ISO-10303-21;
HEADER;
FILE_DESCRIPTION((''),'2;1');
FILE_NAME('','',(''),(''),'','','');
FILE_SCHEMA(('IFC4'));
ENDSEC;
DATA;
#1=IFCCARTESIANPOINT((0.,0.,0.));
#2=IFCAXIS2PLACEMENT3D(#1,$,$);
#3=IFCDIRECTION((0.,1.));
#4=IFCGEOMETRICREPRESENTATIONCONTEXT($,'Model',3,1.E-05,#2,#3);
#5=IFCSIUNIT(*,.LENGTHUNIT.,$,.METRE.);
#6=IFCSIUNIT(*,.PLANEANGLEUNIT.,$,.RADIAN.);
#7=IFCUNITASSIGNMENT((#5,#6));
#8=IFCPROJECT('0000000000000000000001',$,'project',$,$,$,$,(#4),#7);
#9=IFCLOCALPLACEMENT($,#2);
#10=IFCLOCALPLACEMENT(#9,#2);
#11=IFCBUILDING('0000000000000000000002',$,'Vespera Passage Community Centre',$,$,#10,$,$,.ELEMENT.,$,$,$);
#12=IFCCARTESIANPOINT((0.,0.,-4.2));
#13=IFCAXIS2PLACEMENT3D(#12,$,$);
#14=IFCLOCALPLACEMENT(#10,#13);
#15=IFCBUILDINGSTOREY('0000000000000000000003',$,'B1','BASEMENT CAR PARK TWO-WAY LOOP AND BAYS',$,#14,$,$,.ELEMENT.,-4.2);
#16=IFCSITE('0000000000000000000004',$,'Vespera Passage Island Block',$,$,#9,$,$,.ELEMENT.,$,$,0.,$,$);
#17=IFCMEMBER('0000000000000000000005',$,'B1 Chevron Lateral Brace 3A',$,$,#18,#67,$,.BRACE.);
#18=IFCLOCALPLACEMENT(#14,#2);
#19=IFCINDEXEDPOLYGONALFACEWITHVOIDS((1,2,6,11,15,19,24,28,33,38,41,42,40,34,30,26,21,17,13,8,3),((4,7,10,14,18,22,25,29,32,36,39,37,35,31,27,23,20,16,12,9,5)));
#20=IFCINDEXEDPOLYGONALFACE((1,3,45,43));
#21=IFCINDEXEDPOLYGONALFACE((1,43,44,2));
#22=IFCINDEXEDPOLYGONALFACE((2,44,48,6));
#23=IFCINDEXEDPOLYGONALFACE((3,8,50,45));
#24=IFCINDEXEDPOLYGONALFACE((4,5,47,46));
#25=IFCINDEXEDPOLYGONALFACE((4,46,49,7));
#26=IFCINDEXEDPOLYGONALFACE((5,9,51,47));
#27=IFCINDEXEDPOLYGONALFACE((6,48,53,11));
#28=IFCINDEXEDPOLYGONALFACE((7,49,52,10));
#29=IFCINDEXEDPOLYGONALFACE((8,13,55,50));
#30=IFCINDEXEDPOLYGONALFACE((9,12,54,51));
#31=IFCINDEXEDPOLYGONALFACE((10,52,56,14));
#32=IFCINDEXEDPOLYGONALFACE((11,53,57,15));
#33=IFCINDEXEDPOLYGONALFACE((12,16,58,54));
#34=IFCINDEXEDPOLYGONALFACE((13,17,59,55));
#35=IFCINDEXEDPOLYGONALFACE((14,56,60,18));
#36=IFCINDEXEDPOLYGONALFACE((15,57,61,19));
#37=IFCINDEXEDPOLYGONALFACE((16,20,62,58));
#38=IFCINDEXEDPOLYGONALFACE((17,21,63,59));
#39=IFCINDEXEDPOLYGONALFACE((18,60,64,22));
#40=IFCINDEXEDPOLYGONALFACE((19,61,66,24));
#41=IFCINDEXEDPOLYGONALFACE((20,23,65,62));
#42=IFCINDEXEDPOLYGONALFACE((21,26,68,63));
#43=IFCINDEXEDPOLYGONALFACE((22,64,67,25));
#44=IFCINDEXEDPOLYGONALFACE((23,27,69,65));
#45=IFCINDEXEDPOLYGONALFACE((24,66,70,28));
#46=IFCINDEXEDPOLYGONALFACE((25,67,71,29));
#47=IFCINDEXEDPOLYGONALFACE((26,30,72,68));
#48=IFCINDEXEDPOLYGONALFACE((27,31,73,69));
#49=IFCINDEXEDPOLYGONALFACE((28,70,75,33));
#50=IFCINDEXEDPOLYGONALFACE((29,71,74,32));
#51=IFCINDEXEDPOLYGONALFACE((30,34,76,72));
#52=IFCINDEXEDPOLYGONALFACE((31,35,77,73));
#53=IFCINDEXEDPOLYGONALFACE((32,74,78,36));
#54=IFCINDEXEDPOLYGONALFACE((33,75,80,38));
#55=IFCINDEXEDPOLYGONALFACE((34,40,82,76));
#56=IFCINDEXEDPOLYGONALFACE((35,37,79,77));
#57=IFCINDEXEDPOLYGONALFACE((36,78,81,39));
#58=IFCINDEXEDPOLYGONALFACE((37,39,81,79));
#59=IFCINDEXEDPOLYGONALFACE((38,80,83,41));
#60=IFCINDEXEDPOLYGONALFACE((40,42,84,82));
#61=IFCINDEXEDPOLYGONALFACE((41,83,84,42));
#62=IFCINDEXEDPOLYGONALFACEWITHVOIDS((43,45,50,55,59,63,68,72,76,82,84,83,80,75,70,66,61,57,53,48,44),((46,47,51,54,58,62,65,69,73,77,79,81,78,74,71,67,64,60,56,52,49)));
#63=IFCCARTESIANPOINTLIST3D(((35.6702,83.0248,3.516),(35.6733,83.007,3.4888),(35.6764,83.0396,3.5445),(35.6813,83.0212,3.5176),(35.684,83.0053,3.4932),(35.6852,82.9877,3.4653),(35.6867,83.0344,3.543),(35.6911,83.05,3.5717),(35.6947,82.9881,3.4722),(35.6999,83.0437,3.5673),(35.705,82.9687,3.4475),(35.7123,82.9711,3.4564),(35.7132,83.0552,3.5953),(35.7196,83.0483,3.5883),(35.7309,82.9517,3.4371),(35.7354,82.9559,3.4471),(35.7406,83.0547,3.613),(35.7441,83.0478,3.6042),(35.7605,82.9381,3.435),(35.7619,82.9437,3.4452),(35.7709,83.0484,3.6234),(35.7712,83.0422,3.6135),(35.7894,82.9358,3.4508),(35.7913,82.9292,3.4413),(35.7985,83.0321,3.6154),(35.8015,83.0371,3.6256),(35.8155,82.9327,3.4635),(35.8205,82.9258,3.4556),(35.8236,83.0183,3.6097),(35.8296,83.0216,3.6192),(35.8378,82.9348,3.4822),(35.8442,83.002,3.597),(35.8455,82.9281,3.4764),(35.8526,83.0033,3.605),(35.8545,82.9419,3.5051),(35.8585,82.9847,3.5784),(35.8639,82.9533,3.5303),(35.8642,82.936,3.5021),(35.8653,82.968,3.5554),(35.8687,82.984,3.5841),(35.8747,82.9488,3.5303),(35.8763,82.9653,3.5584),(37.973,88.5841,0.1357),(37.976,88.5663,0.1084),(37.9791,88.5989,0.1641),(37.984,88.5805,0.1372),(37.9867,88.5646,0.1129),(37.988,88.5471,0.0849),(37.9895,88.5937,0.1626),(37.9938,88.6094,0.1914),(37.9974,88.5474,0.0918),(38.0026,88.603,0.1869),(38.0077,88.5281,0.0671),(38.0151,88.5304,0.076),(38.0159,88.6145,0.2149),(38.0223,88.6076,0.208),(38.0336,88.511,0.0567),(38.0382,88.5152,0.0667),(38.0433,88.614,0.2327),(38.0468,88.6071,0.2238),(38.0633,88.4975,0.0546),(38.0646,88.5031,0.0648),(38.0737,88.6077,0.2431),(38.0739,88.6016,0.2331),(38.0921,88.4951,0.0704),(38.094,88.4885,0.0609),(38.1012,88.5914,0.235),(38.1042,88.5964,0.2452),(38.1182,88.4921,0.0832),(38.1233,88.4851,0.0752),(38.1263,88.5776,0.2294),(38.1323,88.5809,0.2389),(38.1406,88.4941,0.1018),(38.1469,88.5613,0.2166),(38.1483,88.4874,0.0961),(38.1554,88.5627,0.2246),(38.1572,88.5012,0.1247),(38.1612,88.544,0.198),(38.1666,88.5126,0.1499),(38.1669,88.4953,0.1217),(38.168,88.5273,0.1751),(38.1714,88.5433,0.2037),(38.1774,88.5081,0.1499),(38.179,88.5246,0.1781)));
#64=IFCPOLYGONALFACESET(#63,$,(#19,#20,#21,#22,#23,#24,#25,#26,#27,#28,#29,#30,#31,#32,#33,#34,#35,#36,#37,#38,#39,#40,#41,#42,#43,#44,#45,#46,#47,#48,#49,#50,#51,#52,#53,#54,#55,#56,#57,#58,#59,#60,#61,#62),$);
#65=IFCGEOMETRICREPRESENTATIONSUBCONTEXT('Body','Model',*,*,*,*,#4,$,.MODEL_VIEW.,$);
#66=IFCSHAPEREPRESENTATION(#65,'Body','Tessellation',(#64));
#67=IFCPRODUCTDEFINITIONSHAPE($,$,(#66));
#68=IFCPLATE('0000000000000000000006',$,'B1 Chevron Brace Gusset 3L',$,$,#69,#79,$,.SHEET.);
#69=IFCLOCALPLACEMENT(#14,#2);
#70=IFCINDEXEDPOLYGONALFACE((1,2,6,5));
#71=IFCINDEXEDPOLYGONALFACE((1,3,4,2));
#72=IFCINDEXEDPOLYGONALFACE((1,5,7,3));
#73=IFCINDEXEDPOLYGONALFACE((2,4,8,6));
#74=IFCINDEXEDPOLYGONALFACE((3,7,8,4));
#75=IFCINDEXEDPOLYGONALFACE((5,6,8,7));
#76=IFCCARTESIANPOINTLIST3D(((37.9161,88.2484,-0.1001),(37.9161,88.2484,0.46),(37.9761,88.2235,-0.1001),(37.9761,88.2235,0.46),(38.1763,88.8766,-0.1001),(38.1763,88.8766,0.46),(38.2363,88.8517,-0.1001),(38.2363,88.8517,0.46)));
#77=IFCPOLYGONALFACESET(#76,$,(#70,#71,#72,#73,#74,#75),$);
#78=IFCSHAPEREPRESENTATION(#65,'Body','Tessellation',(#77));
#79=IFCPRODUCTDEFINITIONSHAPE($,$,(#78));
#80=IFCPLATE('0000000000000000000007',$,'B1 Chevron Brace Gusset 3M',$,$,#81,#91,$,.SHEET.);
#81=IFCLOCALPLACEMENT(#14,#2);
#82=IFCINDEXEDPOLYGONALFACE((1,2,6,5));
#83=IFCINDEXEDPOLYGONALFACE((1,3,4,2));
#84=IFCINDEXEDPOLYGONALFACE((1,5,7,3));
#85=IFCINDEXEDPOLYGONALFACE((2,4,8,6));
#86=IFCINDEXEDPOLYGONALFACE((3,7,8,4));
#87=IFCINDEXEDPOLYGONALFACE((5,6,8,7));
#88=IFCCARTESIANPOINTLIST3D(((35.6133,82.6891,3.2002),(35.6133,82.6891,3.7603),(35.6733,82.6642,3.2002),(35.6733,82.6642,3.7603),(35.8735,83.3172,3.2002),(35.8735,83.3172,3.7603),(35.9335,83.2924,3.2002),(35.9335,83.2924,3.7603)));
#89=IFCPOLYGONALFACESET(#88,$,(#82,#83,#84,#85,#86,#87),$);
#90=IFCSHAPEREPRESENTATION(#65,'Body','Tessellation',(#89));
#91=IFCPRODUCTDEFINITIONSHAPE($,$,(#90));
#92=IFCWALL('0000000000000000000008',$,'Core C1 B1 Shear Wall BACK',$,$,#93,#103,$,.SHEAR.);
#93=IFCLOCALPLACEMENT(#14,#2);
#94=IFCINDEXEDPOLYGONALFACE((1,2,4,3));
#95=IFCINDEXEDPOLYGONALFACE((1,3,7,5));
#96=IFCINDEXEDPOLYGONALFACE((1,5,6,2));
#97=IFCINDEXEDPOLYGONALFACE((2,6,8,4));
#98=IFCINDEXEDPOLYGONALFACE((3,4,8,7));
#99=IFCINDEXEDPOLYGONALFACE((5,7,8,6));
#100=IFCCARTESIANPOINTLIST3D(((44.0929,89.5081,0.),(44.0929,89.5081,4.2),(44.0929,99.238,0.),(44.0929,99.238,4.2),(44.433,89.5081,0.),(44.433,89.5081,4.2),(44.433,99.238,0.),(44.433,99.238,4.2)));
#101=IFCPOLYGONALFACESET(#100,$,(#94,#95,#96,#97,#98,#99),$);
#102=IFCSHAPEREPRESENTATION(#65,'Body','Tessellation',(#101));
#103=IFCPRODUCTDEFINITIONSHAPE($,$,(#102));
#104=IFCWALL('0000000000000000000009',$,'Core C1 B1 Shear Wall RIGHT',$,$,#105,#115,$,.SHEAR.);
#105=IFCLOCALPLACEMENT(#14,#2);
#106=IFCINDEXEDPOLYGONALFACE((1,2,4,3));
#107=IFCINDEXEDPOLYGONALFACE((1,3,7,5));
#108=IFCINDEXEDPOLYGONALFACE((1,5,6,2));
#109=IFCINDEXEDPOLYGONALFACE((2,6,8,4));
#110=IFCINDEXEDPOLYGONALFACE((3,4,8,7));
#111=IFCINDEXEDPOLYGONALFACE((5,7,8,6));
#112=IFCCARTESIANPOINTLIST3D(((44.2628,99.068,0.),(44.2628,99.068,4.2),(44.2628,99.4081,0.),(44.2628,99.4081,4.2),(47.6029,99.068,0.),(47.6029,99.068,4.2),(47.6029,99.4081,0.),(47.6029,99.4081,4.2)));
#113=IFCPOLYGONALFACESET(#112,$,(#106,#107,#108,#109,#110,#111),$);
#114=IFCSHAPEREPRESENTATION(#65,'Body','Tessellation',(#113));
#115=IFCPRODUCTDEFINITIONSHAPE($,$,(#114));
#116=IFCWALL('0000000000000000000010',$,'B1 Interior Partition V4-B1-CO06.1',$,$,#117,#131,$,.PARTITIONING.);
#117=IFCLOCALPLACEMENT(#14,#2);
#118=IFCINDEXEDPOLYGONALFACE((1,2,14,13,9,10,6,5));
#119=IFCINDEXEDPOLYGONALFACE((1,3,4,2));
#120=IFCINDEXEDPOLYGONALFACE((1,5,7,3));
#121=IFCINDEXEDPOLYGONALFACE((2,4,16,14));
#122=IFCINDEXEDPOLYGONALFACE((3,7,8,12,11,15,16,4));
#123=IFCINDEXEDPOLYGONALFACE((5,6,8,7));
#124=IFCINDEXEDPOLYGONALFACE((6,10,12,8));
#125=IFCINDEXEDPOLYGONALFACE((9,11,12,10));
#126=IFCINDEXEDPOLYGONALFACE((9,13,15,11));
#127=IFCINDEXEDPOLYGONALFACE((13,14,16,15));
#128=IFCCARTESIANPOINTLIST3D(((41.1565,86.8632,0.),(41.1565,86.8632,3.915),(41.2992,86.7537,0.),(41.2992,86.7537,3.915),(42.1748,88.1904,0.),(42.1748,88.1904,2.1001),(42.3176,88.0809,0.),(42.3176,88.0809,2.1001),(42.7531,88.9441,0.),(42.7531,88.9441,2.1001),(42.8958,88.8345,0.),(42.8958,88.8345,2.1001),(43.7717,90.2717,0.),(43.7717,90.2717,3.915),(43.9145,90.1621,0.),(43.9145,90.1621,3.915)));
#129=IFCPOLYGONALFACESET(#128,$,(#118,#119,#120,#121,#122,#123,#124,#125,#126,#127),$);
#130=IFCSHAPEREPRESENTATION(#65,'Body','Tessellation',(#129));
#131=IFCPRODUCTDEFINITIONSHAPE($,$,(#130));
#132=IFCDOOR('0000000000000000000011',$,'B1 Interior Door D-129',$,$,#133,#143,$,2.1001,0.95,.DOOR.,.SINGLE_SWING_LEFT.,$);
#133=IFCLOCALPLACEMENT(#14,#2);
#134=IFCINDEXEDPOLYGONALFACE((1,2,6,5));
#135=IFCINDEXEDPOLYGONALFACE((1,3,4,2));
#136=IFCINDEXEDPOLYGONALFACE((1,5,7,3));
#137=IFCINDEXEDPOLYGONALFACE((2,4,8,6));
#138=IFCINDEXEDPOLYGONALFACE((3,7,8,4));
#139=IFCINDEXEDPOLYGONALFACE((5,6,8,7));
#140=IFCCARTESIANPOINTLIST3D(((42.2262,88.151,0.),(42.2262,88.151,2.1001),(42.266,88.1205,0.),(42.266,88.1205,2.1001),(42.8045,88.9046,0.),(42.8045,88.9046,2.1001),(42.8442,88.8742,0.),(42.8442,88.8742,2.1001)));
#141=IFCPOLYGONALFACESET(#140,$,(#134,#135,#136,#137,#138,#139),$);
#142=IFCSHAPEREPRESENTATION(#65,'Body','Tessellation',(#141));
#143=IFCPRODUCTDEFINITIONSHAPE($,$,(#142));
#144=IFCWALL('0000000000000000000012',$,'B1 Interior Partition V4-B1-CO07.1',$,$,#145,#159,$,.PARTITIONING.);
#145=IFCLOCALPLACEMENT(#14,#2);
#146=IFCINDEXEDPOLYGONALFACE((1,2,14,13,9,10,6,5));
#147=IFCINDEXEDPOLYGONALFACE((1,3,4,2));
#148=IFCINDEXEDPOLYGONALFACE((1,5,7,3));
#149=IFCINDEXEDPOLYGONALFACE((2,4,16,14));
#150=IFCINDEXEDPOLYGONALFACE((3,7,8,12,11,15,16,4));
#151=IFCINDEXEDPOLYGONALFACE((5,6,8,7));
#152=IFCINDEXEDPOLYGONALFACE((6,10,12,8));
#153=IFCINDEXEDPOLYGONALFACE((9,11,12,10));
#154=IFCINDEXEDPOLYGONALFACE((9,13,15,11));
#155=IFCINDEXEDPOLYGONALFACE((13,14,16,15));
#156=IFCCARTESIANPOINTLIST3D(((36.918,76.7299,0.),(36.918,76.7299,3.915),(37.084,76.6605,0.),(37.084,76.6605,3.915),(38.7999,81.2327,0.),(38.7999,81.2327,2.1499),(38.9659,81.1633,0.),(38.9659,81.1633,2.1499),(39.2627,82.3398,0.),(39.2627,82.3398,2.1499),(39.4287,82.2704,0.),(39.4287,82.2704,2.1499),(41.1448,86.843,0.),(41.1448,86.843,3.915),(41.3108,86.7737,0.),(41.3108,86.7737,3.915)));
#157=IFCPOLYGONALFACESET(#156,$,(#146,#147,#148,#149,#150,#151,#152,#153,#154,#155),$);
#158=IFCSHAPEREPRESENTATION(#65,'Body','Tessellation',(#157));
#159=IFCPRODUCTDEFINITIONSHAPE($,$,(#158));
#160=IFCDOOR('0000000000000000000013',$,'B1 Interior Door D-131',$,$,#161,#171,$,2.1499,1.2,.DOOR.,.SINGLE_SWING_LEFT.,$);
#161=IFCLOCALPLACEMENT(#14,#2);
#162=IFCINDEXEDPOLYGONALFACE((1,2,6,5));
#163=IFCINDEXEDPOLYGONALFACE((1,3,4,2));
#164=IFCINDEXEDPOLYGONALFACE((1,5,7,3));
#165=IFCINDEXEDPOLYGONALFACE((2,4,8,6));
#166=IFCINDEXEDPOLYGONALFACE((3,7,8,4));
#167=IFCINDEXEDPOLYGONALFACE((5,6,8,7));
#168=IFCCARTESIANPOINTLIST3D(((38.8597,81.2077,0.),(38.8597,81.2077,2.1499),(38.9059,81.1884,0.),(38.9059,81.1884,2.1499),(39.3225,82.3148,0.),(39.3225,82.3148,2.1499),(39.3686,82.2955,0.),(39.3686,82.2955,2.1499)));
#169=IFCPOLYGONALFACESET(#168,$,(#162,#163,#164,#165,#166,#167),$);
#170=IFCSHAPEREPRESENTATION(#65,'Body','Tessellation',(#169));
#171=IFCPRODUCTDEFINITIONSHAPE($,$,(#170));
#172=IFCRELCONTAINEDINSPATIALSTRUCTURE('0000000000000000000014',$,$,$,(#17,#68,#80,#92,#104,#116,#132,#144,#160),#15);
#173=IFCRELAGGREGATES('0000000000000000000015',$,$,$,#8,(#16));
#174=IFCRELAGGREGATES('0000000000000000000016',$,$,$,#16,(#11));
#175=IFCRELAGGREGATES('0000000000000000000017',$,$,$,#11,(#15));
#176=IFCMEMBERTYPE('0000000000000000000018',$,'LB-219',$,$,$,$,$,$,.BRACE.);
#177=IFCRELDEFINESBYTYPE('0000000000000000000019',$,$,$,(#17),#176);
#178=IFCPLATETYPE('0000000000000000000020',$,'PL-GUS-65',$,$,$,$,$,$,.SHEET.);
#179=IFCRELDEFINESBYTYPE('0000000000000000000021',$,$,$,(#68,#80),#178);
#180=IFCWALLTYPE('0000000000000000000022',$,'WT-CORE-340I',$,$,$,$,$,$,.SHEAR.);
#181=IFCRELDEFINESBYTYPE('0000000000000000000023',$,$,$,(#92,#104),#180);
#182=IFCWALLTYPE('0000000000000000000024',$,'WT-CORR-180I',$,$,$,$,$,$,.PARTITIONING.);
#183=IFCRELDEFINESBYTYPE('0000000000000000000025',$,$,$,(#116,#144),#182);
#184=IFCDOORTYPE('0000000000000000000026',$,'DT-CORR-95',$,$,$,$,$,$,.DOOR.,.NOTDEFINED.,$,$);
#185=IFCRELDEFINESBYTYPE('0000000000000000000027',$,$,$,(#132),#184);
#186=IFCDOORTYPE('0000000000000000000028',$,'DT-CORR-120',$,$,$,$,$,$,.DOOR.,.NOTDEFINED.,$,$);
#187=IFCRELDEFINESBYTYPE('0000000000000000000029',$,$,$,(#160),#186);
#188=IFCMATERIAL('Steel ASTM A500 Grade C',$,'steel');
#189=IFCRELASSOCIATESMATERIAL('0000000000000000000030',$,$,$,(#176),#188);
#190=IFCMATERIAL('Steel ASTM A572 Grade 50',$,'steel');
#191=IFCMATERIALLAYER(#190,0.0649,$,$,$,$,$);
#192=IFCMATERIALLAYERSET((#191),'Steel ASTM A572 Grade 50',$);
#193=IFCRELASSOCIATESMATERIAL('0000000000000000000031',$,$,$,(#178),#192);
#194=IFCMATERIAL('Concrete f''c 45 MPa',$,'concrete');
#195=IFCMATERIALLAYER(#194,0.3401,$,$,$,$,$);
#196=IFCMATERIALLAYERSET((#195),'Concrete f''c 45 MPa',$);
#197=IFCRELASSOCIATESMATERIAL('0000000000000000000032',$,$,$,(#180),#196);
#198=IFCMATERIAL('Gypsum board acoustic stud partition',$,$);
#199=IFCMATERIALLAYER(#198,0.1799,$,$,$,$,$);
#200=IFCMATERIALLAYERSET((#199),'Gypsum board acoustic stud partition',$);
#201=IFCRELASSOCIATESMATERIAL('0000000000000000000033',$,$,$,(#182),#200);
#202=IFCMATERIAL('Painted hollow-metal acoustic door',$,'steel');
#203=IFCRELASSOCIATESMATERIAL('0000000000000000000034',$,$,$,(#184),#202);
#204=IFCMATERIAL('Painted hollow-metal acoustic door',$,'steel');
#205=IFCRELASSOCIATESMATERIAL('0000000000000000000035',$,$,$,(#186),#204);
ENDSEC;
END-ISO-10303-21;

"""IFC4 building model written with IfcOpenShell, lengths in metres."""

from ifc_helpers import new_model, si_unit, direction, frame, frame_2d, origin, origin_2d, place, context, subcontext, project, spatial, rectangle, hollow_circle, extrude, material, layer, layer_set, material_profile, profile_set, type_object, element, fill, save


model = new_model("IFC4")

# Units and contexts
model_context = context("Model", 3, precision=1e-05, world=origin(), true_north=direction((0.0, 1.0)))
body_context = subcontext(model_context, "Body", "Model", "MODEL_VIEW")
ifc_project = project(units=[si_unit("LENGTHUNIT", "METRE"), si_unit("PLANEANGLEUNIT", "RADIAN")], contexts=[model_context])

# Site, building, storey
site_placement = place(None, origin())
site = spatial("IfcSite", under=ifc_project, at=site_placement, Name="Vespera Passage Island Block", CompositionType="ELEMENT", RefElevation=0.0)
building_placement = place(site_placement, origin())
building = spatial("IfcBuilding", under=site, at=building_placement, Name="Vespera Passage Community Centre", CompositionType="ELEMENT")
storey_placement = place(building_placement, frame((0.0, 0.0, -4.2)))
storey = spatial("IfcBuildingStorey", under=building, at=storey_placement, Name="B1", Description="BASEMENT CAR PARK TWO-WAY LOOP AND BAYS", CompositionType="ELEMENT", Elevation=-4.2)

# Member
ifc_material_1 = material(Name="Steel ASTM A500 Grade C", Category="steel")
ifc_material_profile_1 = material_profile(ifc_material_1, hollow_circle(Radius=0.1096, WallThickness=0.0117, at=origin_2d()), Name="CHS219X12.7")
ifc_profile_set_1 = profile_set([ifc_material_profile_1], Name="Steel ASTM A500 Grade C")
member_type = type_object("IfcMemberType", Name="LB-219", PredefinedType="BRACE", material=ifc_profile_set_1)
member_placement = place(storey_placement, frame((38.0762, 88.55, 0.1499), z_axis=(-0.33364, -0.805483, 0.489777), x_axis=(0.92388, -0.382681, 0.0)))
element("IfcMember", 1, at=member_placement, inside=storey, type_object=member_type, Name="B1 Chevron Lateral Brace 3A", PredefinedType="BRACE", context=body_context, shape_type="SweptSolid", body=[
    extrude(hollow_circle(Radius=0.1096, WallThickness=0.0117, at=origin_2d()), origin(), (0.0, 0.0, 1.0), 6.9019),
])

# Plates
ifc_material_2 = material(Name="Steel ASTM A572 Grade 50", Category="steel")
ifc_layer_1 = layer(ifc_material_2, 0.0649)
ifc_layer_set_1 = layer_set([ifc_layer_1], Name="Steel ASTM A572 Grade 50")
plate_type = type_object("IfcPlateType", Name="PL-GUS-65", PredefinedType="SHEET", material=ifc_layer_set_1)
for number, where, z_axis, x_axis, name in (
    (2, (38.0762, 88.55, -0.1001), (0.0, 0.0, 1.0), (-0.382683, -0.92388, 0.0), "B1 Chevron Brace Gusset 3L"),
    (3, (35.7734, 82.9907, 3.2002), (0.0, 0.0, 1.0), (-0.382683, -0.92388, 0.0), "B1 Chevron Brace Gusset 3M"),
):
    element("IfcPlate", number, at=place(storey_placement, frame(where, z_axis=z_axis, x_axis=x_axis)), inside=storey, type_object=plate_type, Name=name, PredefinedType="SHEET", context=body_context, shape_type="SweptSolid", body=[
        extrude(rectangle(XDim=0.6799, YDim=0.0649, at=origin_2d()), origin(), (0.0, 0.0, 1.0), 0.5601),
    ])

# Walls
ifc_material_3 = material(Name="Concrete f'c 45 MPa", Category="concrete")
ifc_layer_2 = layer(ifc_material_3, 0.3401)
ifc_layer_set_2 = layer_set([ifc_layer_2], Name="Concrete f'c 45 MPa")
wall_type_1 = type_object("IfcWallType", Name="WT-CORE-340I", PredefinedType="SHEAR", material=ifc_layer_set_2)
wall_1_placement = place(storey_placement, frame((44.2629, 89.5081, 0.0), z_axis=(0.0, 0.0, 1.0), x_axis=(0.0, 1.0, 0.0)))
element("IfcWall", 4, at=wall_1_placement, inside=storey, type_object=wall_type_1, Name="Core C1 B1 Shear Wall BACK", PredefinedType="SHEAR", context=body_context, shape_type="SweptSolid", body=[
    extrude(rectangle(XDim=9.73, YDim=0.3401, at=frame_2d((4.865, 0.0))), origin(), (0.0, 0.0, 1.0), 4.2),
])
wall_2_placement = place(storey_placement, frame((44.2629, 99.238, 0.0), z_axis=(0.0, 0.0, 1.0), x_axis=(1.0, 0.0, 0.0)))
element("IfcWall", 5, at=wall_2_placement, inside=storey, type_object=wall_type_1, Name="Core C1 B1 Shear Wall RIGHT", PredefinedType="SHEAR", context=body_context, shape_type="SweptSolid", body=[
    extrude(rectangle(XDim=3.3401, YDim=0.3401, at=frame_2d((1.6699, 0.0))), origin(), (0.0, 0.0, 1.0), 4.2),
])

# Walls, openings, doors
ifc_material_4 = material(Name="Gypsum board acoustic stud partition")
ifc_layer_3 = layer(ifc_material_4, 0.1799)
ifc_layer_set_3 = layer_set([ifc_layer_3], Name="Gypsum board acoustic stud partition")
wall_type_2 = type_object("IfcWallType", Name="WT-CORR-180I", PredefinedType="PARTITIONING", material=ifc_layer_set_3)
wall_3_placement = place(storey_placement, frame((43.843, 90.2168, 0.0), z_axis=(0.0, 0.0, 1.0), x_axis=(-0.608738, -0.793371, 0.0)))
wall_3 = element("IfcWall", 6, at=wall_3_placement, inside=storey, type_object=wall_type_2, Name="B1 Interior Partition V4-B1-CO06.1", PredefinedType="PARTITIONING", context=body_context, shape_type="SweptSolid", body=[
    extrude(rectangle(XDim=4.2961, YDim=0.1799, at=frame_2d((2.1479, 0.0))), origin(), (0.0, 0.0, 1.0), 3.915),
])
opening_1_placement = place(wall_3_placement, frame((1.6731, 0.0, 0.0)))
opening_1 = element("IfcOpeningElement", 7, at=opening_1_placement, cuts=wall_3, PredefinedType="OPENING", context=body_context, shape_type="SweptSolid", body=[
    extrude(rectangle(XDim=0.95, YDim=2.1001, at=frame_2d((0.4751, 1.05))), frame((0.0, 0.0999, 0.0), z_axis=(0.0, -1.0, 0.0), x_axis=(1.0, 0.0, 0.0)), (0.0, 0.0, 1.0), 0.2),
])
ifc_material_5 = material(Name="Painted hollow-metal acoustic door", Category="steel")
door_type_1 = type_object("IfcDoorType", Name="DT-CORR-95", OperationType="NOTDEFINED", PredefinedType="DOOR", material=ifc_material_5)
door_1_placement = place(opening_1_placement, origin())
door_1 = element("IfcDoor", 8, at=door_1_placement, inside=storey, type_object=door_type_1, Name="B1 Interior Door D-129", OperationType="SINGLE_SWING_LEFT", OverallHeight=2.1001, OverallWidth=0.95, PredefinedType="DOOR", context=body_context, shape_type="SweptSolid", body=[
    extrude(rectangle(XDim=0.95, YDim=2.1001, at=frame_2d((0.4751, 1.05))), frame((0.0, 0.0249, 0.0), z_axis=(0.0, -1.0, 0.0), x_axis=(1.0, 0.0, 0.0)), (0.0, 0.0, 1.0), 0.05),
])
fill(opening_1, door_1)
wall_4_placement = place(storey_placement, frame((41.2278, 86.8083, 0.0), z_axis=(0.0, 0.0, 1.0), x_axis=(-0.385621, -0.922657, 0.0)))
wall_4 = element("IfcWall", 9, at=wall_4_placement, inside=storey, type_object=wall_type_2, Name="B1 Interior Partition V4-B1-CO07.1", PredefinedType="PARTITIONING", context=body_context, shape_type="SweptSolid", body=[
    extrude(rectangle(XDim=10.9609, YDim=0.1799, at=frame_2d((5.4805, 0.0))), origin(), (0.0, 0.0, 1.0), 3.915),
])
opening_2_placement = place(wall_4_placement, frame((4.8806, 0.0, 0.0)))
opening_2 = element("IfcOpeningElement", 10, at=opening_2_placement, cuts=wall_4, PredefinedType="OPENING", context=body_context, shape_type="SweptSolid", body=[
    extrude(rectangle(XDim=1.2, YDim=2.1499, at=frame_2d((0.6001, 1.075))), frame((0.0, 0.0999, 0.0), z_axis=(0.0, -1.0, 0.0), x_axis=(1.0, 0.0, 0.0)), (0.0, 0.0, 1.0), 0.2),
])
ifc_material_6 = material(Name="Painted hollow-metal acoustic door", Category="steel")
door_type_2 = type_object("IfcDoorType", Name="DT-CORR-120", OperationType="NOTDEFINED", PredefinedType="DOOR", material=ifc_material_6)
door_2_placement = place(opening_2_placement, origin())
door_2 = element("IfcDoor", 11, at=door_2_placement, inside=storey, type_object=door_type_2, Name="B1 Interior Door D-131", OperationType="SINGLE_SWING_LEFT", OverallHeight=2.1499, OverallWidth=1.2, PredefinedType="DOOR", context=body_context, shape_type="SweptSolid", body=[
    extrude(rectangle(XDim=1.2, YDim=2.1499, at=frame_2d((0.6001, 1.075))), frame((0.0, 0.0249, 0.0), z_axis=(0.0, -1.0, 0.0), x_axis=(1.0, 0.0, 0.0)), (0.0, 0.0, 1.0), 0.05),
])
fill(opening_2, door_2)

save(model, "model.ifc")
